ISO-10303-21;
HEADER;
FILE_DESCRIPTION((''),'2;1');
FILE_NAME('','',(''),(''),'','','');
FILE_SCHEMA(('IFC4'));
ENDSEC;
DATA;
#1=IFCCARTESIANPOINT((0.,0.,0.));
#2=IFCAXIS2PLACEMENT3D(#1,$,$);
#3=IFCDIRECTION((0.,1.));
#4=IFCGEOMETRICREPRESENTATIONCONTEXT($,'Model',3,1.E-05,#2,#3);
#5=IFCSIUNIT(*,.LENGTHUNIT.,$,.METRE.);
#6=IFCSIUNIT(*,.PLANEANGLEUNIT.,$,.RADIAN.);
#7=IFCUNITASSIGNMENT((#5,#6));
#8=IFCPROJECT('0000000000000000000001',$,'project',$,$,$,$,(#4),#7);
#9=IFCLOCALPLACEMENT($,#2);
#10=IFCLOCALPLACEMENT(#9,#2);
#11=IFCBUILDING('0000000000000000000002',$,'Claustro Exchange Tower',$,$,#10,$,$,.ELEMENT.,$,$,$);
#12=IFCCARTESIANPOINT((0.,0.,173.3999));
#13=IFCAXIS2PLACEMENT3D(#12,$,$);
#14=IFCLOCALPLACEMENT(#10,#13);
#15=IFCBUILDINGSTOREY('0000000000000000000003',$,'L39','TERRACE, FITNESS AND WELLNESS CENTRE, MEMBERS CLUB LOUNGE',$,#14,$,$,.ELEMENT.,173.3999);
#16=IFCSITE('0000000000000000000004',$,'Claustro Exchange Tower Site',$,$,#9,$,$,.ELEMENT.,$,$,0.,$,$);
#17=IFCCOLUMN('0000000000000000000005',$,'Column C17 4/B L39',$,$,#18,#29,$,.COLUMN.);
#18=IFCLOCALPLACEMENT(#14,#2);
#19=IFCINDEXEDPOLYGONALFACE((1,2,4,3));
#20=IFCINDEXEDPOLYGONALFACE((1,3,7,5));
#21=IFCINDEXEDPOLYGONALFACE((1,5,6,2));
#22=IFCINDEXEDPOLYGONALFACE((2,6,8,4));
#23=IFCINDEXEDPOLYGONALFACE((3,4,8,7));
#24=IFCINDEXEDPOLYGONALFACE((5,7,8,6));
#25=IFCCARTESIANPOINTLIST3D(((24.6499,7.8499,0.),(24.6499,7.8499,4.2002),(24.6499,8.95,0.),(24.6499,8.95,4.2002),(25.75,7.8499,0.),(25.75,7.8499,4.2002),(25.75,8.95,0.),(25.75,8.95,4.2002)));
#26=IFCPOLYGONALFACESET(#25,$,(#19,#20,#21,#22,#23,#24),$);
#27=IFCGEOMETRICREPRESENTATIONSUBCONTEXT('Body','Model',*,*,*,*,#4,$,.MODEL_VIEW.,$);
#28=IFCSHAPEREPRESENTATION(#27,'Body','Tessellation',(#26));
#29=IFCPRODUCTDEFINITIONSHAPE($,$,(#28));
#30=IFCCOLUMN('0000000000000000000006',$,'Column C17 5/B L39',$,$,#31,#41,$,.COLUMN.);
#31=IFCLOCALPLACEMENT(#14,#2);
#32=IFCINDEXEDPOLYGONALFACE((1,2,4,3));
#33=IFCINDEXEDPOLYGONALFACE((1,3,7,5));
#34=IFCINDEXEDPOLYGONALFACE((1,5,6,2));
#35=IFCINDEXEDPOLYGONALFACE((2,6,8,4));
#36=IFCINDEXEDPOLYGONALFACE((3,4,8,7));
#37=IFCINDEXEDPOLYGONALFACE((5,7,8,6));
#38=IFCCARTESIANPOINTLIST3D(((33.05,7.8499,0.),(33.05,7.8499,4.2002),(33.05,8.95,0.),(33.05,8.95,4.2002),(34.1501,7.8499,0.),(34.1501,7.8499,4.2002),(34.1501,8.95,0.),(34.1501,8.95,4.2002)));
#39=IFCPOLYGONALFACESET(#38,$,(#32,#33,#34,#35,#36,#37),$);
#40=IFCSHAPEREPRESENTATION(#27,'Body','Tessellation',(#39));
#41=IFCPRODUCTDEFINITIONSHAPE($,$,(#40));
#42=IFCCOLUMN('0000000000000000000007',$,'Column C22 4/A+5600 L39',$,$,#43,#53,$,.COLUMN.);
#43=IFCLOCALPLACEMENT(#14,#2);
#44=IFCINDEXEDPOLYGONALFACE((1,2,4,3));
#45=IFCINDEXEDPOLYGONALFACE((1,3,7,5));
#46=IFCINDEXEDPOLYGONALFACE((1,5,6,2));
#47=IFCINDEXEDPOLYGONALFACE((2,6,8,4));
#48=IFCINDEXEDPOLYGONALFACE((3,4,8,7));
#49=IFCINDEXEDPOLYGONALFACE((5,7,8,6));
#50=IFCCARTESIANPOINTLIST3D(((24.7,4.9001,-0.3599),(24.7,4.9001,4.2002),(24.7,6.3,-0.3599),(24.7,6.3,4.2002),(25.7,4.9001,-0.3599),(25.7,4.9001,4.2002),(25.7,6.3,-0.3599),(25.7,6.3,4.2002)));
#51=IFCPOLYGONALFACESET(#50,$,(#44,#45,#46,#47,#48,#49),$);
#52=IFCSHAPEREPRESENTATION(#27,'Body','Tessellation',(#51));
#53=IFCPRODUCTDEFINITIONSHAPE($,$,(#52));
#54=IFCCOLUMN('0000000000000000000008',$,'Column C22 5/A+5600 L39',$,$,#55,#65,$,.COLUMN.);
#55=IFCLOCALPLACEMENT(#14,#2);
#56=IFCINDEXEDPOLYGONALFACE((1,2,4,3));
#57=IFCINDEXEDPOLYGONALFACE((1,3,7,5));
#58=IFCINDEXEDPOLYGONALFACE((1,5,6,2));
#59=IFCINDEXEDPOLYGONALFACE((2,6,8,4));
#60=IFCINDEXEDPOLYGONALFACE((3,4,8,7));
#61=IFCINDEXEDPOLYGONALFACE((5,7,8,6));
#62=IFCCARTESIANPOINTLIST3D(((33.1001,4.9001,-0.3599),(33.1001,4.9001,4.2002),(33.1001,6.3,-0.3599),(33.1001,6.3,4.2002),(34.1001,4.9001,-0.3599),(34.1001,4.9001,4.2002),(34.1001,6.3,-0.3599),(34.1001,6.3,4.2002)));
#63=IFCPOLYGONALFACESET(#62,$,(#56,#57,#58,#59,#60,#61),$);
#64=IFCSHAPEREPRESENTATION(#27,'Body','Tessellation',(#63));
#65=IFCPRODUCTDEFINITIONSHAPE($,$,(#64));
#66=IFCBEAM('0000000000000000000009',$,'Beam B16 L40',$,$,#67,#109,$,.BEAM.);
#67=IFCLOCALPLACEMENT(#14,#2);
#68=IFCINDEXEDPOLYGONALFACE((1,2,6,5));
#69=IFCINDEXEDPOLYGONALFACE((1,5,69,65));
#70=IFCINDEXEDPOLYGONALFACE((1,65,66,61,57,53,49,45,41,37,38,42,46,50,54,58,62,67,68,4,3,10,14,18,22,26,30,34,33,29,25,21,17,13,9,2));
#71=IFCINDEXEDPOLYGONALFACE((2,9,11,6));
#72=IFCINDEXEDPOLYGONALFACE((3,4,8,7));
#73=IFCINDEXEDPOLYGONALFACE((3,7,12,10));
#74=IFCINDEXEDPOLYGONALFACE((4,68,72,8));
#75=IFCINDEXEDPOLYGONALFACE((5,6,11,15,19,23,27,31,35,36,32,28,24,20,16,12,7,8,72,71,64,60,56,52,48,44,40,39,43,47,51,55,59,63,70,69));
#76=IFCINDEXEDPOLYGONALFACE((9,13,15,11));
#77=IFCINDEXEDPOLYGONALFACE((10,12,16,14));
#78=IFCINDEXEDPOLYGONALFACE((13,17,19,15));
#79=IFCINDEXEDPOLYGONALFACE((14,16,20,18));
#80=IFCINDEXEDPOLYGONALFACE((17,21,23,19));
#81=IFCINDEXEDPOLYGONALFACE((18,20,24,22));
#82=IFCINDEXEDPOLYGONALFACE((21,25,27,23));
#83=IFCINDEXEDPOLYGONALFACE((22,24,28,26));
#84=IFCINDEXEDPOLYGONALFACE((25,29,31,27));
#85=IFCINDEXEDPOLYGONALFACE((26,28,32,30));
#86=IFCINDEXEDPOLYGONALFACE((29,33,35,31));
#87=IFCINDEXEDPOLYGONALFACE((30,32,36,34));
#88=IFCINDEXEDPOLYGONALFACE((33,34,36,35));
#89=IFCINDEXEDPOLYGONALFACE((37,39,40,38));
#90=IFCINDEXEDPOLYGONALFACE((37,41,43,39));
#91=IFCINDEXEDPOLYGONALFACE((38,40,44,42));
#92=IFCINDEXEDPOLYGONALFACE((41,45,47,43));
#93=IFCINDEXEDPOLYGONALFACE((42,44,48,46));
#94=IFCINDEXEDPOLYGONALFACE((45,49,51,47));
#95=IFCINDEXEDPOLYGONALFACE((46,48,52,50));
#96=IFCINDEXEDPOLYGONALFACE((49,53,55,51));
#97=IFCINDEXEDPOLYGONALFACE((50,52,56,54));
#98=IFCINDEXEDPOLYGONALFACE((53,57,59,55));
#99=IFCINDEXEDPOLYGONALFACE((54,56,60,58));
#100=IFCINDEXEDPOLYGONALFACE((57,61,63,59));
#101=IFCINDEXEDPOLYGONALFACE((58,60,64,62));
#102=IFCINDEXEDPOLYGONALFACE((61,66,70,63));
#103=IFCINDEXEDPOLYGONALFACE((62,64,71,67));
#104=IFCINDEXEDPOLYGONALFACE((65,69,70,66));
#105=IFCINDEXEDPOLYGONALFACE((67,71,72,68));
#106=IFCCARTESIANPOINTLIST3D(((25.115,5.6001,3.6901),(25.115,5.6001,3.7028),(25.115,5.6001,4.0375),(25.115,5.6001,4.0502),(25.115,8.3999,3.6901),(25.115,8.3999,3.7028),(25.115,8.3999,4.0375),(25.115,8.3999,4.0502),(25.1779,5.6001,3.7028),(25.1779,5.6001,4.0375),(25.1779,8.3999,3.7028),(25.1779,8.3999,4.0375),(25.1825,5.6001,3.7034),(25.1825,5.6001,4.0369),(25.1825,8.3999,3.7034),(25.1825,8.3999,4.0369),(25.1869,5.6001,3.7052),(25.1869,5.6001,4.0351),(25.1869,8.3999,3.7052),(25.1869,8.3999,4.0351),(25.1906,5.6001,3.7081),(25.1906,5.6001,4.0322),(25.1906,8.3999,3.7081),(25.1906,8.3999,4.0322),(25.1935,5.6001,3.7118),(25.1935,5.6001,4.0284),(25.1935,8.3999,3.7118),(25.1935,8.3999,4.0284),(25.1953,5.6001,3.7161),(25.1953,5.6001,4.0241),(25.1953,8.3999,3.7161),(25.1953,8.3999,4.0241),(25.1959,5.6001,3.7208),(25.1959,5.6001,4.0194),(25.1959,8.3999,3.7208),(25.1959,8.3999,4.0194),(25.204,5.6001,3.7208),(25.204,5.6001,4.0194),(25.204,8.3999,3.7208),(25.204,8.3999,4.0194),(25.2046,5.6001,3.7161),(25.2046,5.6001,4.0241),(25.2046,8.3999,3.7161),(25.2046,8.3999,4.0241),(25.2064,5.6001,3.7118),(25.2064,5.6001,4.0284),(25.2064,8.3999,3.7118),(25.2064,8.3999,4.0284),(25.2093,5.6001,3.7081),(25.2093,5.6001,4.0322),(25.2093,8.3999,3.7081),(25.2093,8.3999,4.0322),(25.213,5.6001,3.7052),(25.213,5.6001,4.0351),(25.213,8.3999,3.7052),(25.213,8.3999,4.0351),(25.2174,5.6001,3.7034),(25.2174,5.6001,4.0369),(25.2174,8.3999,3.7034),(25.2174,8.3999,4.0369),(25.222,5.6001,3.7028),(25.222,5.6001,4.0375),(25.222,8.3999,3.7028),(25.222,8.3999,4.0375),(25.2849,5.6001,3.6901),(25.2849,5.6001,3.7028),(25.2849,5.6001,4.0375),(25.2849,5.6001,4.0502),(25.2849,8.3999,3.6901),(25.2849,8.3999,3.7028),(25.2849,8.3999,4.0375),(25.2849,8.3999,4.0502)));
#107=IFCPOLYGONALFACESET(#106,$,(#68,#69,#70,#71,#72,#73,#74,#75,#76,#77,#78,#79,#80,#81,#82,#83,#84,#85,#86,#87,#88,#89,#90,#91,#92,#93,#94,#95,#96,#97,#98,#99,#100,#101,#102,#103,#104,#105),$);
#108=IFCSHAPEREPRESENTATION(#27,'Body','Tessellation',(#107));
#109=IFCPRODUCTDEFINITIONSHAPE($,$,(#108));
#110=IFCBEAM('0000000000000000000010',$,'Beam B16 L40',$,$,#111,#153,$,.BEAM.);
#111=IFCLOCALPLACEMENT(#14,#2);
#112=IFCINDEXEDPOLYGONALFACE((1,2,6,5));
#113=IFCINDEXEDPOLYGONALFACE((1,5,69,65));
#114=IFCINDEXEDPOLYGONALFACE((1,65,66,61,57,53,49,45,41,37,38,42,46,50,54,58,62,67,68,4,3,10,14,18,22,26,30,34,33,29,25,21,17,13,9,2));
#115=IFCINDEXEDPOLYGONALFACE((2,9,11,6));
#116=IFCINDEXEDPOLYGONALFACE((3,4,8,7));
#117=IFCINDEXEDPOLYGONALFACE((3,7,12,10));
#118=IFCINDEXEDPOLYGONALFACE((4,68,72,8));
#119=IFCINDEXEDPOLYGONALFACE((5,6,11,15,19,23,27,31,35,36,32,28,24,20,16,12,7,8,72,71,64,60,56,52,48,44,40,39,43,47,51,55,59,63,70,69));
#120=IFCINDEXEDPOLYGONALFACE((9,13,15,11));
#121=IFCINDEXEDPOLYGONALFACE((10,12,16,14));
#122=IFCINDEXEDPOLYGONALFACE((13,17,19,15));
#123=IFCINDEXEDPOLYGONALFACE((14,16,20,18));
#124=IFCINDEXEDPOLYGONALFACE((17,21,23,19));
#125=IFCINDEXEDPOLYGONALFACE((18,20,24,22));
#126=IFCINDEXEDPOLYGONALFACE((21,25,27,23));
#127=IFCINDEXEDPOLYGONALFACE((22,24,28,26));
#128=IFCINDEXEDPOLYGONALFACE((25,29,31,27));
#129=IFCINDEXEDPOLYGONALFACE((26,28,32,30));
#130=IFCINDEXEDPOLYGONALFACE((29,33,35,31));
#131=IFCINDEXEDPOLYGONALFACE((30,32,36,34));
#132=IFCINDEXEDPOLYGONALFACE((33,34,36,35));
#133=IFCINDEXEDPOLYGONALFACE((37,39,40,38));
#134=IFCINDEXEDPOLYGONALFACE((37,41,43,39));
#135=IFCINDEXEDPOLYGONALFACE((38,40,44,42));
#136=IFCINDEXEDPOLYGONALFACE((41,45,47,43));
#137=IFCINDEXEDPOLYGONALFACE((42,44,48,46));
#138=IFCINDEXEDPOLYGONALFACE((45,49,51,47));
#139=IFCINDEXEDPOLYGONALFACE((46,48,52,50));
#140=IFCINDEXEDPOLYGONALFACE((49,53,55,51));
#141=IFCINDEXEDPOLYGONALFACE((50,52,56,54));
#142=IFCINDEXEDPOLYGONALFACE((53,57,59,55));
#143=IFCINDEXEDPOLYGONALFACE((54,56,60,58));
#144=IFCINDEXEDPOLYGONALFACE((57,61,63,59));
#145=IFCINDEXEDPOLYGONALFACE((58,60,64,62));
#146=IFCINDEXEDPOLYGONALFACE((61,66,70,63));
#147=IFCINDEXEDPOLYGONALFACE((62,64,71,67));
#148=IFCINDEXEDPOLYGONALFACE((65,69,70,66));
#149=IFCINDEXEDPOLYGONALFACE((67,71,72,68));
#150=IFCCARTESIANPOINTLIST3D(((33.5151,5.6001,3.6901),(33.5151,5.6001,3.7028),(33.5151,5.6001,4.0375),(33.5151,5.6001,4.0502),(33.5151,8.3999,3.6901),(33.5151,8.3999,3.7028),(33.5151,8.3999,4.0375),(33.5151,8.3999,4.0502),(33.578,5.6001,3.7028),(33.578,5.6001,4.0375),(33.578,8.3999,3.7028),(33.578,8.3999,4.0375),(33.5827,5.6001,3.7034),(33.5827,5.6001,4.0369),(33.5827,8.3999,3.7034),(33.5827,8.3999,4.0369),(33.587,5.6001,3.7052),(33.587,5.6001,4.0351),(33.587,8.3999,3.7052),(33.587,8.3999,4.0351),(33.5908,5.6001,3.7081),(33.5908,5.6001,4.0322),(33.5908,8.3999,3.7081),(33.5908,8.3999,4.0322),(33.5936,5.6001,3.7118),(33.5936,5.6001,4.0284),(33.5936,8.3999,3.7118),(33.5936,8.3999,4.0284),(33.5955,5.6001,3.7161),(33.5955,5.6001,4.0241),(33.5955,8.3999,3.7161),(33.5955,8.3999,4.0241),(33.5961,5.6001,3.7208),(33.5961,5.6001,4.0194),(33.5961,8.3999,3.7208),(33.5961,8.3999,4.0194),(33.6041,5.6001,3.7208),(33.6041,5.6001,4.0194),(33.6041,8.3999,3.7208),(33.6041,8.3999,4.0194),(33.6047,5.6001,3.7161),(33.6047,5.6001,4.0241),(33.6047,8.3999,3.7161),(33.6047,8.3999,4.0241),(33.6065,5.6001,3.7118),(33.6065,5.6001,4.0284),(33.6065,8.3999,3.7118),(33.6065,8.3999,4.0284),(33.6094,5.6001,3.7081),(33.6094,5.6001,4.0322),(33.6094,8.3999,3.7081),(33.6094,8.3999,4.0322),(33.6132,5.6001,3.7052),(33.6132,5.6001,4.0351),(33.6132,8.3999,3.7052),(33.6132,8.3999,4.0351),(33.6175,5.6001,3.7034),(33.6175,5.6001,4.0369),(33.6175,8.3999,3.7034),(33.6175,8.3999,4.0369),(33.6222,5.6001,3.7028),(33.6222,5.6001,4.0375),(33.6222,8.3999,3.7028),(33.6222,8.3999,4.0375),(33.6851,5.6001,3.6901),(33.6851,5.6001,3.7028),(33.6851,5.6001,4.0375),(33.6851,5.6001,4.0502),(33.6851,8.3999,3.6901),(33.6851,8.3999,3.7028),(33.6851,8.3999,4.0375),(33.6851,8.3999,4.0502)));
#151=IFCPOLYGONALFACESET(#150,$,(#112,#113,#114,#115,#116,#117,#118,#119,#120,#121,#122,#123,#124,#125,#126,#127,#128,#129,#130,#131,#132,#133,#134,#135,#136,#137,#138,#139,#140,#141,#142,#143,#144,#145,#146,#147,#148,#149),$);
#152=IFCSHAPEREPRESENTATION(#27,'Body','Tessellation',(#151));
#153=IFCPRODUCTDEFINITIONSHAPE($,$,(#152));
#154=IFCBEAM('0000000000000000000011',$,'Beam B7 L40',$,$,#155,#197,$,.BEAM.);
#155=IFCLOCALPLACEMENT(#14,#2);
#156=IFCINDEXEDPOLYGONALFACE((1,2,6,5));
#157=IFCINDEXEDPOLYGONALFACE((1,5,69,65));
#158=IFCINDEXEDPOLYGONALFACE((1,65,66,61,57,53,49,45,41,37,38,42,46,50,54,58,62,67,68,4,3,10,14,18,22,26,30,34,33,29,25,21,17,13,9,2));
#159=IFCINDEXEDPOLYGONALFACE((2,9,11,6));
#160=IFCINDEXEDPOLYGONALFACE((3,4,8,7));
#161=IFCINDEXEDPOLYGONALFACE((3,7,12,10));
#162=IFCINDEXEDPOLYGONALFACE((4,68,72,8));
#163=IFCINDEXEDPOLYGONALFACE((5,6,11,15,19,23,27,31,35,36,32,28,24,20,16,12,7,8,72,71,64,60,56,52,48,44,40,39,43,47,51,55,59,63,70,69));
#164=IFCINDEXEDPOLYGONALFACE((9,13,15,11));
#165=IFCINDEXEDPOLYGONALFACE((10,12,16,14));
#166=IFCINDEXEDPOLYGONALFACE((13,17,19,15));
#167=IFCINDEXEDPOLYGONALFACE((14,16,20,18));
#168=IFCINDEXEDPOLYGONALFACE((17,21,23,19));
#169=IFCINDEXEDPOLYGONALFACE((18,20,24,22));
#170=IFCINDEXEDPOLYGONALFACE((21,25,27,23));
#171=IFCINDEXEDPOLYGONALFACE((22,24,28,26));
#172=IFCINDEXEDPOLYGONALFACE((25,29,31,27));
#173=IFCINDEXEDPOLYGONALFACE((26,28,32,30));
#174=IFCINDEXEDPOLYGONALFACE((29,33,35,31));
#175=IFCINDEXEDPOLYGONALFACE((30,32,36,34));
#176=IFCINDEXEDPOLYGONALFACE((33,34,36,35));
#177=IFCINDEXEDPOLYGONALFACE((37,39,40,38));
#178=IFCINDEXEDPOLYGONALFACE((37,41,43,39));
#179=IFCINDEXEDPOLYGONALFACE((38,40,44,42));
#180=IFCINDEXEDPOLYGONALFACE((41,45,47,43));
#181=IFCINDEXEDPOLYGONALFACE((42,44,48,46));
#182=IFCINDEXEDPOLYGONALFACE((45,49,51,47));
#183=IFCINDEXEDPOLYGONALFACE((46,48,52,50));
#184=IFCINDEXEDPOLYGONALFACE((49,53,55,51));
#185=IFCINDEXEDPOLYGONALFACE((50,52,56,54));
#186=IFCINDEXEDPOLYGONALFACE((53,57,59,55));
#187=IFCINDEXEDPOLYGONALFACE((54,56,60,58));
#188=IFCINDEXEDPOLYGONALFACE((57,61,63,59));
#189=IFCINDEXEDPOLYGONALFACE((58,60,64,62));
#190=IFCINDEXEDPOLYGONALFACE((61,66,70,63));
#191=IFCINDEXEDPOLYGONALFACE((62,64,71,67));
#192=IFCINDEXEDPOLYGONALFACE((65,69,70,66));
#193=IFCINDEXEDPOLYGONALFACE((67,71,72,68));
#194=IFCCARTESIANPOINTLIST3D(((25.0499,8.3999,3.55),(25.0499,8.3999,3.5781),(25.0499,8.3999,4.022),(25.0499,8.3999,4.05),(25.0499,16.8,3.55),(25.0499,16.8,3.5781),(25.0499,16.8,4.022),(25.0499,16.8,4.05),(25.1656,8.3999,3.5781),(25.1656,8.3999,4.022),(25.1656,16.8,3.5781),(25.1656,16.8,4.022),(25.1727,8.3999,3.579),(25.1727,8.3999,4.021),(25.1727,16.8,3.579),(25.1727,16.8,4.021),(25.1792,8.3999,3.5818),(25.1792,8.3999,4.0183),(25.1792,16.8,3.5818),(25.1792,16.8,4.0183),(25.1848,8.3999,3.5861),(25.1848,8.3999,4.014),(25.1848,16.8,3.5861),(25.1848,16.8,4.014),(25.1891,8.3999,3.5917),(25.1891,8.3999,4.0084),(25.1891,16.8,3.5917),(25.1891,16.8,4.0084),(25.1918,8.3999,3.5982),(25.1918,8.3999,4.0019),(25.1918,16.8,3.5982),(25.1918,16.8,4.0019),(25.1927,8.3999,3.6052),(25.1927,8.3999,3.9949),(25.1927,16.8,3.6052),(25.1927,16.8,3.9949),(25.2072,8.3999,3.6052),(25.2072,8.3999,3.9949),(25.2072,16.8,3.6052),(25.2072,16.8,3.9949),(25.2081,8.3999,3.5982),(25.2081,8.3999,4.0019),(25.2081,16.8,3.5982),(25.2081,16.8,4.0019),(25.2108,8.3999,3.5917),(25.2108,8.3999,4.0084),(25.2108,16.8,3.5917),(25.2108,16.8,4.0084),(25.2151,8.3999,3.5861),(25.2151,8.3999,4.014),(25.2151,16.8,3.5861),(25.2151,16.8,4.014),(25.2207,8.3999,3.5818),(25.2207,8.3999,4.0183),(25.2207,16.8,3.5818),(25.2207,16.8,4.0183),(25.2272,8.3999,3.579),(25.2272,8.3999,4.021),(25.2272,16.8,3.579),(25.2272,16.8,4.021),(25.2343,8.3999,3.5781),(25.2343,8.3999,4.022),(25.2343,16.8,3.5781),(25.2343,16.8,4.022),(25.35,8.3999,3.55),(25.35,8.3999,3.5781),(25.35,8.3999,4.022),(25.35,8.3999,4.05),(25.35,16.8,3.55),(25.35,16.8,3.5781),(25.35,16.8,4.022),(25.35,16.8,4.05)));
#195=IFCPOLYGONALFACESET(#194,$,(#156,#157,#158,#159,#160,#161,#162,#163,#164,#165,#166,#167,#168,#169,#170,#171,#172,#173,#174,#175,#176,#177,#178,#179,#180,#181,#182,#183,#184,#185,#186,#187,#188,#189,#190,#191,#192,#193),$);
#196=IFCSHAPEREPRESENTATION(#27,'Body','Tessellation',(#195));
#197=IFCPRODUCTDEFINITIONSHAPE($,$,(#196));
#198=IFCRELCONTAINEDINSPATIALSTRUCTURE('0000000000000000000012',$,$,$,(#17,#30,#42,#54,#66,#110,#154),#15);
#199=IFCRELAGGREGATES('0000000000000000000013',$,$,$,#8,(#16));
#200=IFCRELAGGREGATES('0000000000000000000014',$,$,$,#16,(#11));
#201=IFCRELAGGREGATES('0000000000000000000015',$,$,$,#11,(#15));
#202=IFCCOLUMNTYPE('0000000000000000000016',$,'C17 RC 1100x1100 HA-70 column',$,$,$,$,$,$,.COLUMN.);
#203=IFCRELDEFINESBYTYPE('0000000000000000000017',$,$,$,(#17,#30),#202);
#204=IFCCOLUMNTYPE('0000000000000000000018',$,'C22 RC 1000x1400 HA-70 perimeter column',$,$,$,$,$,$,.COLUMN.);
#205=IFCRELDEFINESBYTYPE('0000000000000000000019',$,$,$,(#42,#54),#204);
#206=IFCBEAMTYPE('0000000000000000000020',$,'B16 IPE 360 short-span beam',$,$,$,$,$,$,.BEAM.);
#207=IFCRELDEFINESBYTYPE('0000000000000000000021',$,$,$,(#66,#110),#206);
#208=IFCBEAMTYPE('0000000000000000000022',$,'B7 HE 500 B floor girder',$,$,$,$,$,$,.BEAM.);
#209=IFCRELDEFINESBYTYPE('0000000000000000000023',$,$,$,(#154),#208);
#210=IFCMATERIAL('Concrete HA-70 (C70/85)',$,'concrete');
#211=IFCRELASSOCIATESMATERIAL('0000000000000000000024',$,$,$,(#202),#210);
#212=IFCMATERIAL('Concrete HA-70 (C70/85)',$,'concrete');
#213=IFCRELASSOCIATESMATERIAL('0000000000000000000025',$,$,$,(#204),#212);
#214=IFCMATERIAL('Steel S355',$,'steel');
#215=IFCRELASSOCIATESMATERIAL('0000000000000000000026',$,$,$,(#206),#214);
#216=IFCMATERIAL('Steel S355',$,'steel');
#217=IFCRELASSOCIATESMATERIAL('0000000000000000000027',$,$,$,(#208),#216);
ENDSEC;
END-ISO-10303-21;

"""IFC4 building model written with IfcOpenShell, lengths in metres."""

from ifc_helpers import new_model, si_unit, direction, frame, origin, origin_2d, place, context, subcontext, project, spatial, rectangle, i_section, extrude, material, material_profile, profile_set, type_object, element, save


model = new_model("IFC4")

# Units and contexts
model_context = context("Model", 3, precision=1e-05, world=origin(), true_north=direction((0.0, 1.0)))
body_context = subcontext(model_context, "Body", "Model", "MODEL_VIEW")
ifc_project = project(units=[si_unit("LENGTHUNIT", "METRE"), si_unit("PLANEANGLEUNIT", "RADIAN")], contexts=[model_context])

# Site, building, storey
site_placement = place(None, origin())
site = spatial("IfcSite", under=ifc_project, at=site_placement, Name="Claustro Exchange Tower Site", CompositionType="ELEMENT", RefElevation=0.0)
building_placement = place(site_placement, origin())
building = spatial("IfcBuilding", under=site, at=building_placement, Name="Claustro Exchange Tower", CompositionType="ELEMENT")
storey_placement = place(building_placement, frame((0.0, 0.0, 173.3999)))
storey = spatial("IfcBuildingStorey", under=building, at=storey_placement, Name="L39", Description="TERRACE, FITNESS AND WELLNESS CENTRE, MEMBERS CLUB LOUNGE", CompositionType="ELEMENT", Elevation=173.3999)

# Columns
ifc_material_1 = material(Name="Concrete HA-70 (C70/85)", Category="concrete")
ifc_material_profile_1 = material_profile(ifc_material_1, rectangle(XDim=1.1001, YDim=1.1001, at=origin_2d()), Name="RC 1100x1100")
ifc_profile_set_1 = profile_set([ifc_material_profile_1], Name="Concrete HA-70 (C70/85)")
column_type_1 = type_object("IfcColumnType", Name="C17 RC 1100x1100 HA-70 column", PredefinedType="COLUMN", material=ifc_profile_set_1)
for number, where, z_axis, x_axis, name in (
    (1, (25.2, 8.3999, 0.0), (0.0, 0.0, 1.0), (1.0, 0.0, 0.0), "Column C17 4/B L39"),
    (2, (33.6001, 8.3999, 0.0), (0.0, 0.0, 1.0), (1.0, 0.0, 0.0), "Column C17 5/B L39"),
):
    element("IfcColumn", number, at=place(storey_placement, frame(where, z_axis=z_axis, x_axis=x_axis)), inside=storey, type_object=column_type_1, Name=name, PredefinedType="COLUMN", context=body_context, shape_type="SweptSolid", body=[
        extrude(rectangle(XDim=1.1001, YDim=1.1001, at=origin_2d()), origin(), (0.0, 0.0, 1.0), 4.2002),
    ])
ifc_material_2 = material(Name="Concrete HA-70 (C70/85)", Category="concrete")
ifc_material_profile_2 = material_profile(ifc_material_2, rectangle(XDim=1.0, YDim=1.3999, at=origin_2d()), Name="RC 1000x1400")
ifc_profile_set_2 = profile_set([ifc_material_profile_2], Name="Concrete HA-70 (C70/85)")
column_type_2 = type_object("IfcColumnType", Name="C22 RC 1000x1400 HA-70 perimeter column", PredefinedType="COLUMN", material=ifc_profile_set_2)
for number, where, z_axis, x_axis, name in (
    (3, (25.2, 5.6001, -0.3599), (0.0, 0.0, 1.0), (1.0, 0.0, 0.0), "Column C22 4/A+5600 L39"),
    (4, (33.6001, 5.6001, -0.3599), (0.0, 0.0, 1.0), (1.0, 0.0, 0.0), "Column C22 5/A+5600 L39"),
):
    element("IfcColumn", number, at=place(storey_placement, frame(where, z_axis=z_axis, x_axis=x_axis)), inside=storey, type_object=column_type_2, Name=name, PredefinedType="COLUMN", context=body_context, shape_type="SweptSolid", body=[
        extrude(rectangle(XDim=1.0, YDim=1.3999, at=origin_2d()), origin(), (0.0, 0.0, 1.0), 4.5601),
    ])

# Beams
ifc_material_3 = material(Name="Steel S355", Category="steel")
ifc_material_profile_3 = material_profile(ifc_material_3, i_section(OverallWidth=0.1699, OverallDepth=0.3601, WebThickness=0.0081, FlangeThickness=0.0127, FilletRadius=0.0181, at=origin_2d()), Name="IPE 360")
ifc_profile_set_3 = profile_set([ifc_material_profile_3], Name="Steel S355")
beam_type_1 = type_object("IfcBeamType", Name="B16 IPE 360 short-span beam", PredefinedType="BEAM", material=ifc_profile_set_3)
for number, where, z_axis, x_axis, name in (
    (5, (25.2, 5.6001, 3.8701), (0.0, 1.0, 0.0), (-1.0, 0.0, 0.0), "Beam B16 L40"),
    (6, (33.6001, 5.6001, 3.8701), (0.0, 1.0, 0.0), (-1.0, 0.0, 0.0), "Beam B16 L40"),
):
    element("IfcBeam", number, at=place(storey_placement, frame(where, z_axis=z_axis, x_axis=x_axis)), inside=storey, type_object=beam_type_1, Name=name, PredefinedType="BEAM", context=body_context, shape_type="SweptSolid", body=[
        extrude(i_section(OverallWidth=0.1699, OverallDepth=0.3601, WebThickness=0.0081, FlangeThickness=0.0127, FilletRadius=0.0181, at=origin_2d()), origin(), (0.0, 0.0, 1.0), 2.7998),
    ])
ifc_material_4 = material(Name="Steel S355", Category="steel")
ifc_material_profile_4 = material_profile(ifc_material_4, i_section(OverallWidth=0.3, OverallDepth=0.5, WebThickness=0.0144, FlangeThickness=0.0281, FilletRadius=0.0271, at=origin_2d()), Name="HE 500 B")
ifc_profile_set_4 = profile_set([ifc_material_profile_4], Name="Steel S355")
beam_type_2 = type_object("IfcBeamType", Name="B7 HE 500 B floor girder", PredefinedType="BEAM", material=ifc_profile_set_4)
for number, where, z_axis, x_axis, name in (
    (7, (25.2, 8.3999, 3.8), (0.0, 1.0, 0.0), (-1.0, 0.0, 0.0), "Beam B7 L40"),
):
    element("IfcBeam", number, at=place(storey_placement, frame(where, z_axis=z_axis, x_axis=x_axis)), inside=storey, type_object=beam_type_2, Name=name, PredefinedType="BEAM", context=body_context, shape_type="SweptSolid", body=[
        extrude(i_section(OverallWidth=0.3, OverallDepth=0.5, WebThickness=0.0144, FlangeThickness=0.0281, FilletRadius=0.0271, at=origin_2d()), origin(), (0.0, 0.0, 1.0), 8.4001),
    ])

save(model, "model.ifc")
